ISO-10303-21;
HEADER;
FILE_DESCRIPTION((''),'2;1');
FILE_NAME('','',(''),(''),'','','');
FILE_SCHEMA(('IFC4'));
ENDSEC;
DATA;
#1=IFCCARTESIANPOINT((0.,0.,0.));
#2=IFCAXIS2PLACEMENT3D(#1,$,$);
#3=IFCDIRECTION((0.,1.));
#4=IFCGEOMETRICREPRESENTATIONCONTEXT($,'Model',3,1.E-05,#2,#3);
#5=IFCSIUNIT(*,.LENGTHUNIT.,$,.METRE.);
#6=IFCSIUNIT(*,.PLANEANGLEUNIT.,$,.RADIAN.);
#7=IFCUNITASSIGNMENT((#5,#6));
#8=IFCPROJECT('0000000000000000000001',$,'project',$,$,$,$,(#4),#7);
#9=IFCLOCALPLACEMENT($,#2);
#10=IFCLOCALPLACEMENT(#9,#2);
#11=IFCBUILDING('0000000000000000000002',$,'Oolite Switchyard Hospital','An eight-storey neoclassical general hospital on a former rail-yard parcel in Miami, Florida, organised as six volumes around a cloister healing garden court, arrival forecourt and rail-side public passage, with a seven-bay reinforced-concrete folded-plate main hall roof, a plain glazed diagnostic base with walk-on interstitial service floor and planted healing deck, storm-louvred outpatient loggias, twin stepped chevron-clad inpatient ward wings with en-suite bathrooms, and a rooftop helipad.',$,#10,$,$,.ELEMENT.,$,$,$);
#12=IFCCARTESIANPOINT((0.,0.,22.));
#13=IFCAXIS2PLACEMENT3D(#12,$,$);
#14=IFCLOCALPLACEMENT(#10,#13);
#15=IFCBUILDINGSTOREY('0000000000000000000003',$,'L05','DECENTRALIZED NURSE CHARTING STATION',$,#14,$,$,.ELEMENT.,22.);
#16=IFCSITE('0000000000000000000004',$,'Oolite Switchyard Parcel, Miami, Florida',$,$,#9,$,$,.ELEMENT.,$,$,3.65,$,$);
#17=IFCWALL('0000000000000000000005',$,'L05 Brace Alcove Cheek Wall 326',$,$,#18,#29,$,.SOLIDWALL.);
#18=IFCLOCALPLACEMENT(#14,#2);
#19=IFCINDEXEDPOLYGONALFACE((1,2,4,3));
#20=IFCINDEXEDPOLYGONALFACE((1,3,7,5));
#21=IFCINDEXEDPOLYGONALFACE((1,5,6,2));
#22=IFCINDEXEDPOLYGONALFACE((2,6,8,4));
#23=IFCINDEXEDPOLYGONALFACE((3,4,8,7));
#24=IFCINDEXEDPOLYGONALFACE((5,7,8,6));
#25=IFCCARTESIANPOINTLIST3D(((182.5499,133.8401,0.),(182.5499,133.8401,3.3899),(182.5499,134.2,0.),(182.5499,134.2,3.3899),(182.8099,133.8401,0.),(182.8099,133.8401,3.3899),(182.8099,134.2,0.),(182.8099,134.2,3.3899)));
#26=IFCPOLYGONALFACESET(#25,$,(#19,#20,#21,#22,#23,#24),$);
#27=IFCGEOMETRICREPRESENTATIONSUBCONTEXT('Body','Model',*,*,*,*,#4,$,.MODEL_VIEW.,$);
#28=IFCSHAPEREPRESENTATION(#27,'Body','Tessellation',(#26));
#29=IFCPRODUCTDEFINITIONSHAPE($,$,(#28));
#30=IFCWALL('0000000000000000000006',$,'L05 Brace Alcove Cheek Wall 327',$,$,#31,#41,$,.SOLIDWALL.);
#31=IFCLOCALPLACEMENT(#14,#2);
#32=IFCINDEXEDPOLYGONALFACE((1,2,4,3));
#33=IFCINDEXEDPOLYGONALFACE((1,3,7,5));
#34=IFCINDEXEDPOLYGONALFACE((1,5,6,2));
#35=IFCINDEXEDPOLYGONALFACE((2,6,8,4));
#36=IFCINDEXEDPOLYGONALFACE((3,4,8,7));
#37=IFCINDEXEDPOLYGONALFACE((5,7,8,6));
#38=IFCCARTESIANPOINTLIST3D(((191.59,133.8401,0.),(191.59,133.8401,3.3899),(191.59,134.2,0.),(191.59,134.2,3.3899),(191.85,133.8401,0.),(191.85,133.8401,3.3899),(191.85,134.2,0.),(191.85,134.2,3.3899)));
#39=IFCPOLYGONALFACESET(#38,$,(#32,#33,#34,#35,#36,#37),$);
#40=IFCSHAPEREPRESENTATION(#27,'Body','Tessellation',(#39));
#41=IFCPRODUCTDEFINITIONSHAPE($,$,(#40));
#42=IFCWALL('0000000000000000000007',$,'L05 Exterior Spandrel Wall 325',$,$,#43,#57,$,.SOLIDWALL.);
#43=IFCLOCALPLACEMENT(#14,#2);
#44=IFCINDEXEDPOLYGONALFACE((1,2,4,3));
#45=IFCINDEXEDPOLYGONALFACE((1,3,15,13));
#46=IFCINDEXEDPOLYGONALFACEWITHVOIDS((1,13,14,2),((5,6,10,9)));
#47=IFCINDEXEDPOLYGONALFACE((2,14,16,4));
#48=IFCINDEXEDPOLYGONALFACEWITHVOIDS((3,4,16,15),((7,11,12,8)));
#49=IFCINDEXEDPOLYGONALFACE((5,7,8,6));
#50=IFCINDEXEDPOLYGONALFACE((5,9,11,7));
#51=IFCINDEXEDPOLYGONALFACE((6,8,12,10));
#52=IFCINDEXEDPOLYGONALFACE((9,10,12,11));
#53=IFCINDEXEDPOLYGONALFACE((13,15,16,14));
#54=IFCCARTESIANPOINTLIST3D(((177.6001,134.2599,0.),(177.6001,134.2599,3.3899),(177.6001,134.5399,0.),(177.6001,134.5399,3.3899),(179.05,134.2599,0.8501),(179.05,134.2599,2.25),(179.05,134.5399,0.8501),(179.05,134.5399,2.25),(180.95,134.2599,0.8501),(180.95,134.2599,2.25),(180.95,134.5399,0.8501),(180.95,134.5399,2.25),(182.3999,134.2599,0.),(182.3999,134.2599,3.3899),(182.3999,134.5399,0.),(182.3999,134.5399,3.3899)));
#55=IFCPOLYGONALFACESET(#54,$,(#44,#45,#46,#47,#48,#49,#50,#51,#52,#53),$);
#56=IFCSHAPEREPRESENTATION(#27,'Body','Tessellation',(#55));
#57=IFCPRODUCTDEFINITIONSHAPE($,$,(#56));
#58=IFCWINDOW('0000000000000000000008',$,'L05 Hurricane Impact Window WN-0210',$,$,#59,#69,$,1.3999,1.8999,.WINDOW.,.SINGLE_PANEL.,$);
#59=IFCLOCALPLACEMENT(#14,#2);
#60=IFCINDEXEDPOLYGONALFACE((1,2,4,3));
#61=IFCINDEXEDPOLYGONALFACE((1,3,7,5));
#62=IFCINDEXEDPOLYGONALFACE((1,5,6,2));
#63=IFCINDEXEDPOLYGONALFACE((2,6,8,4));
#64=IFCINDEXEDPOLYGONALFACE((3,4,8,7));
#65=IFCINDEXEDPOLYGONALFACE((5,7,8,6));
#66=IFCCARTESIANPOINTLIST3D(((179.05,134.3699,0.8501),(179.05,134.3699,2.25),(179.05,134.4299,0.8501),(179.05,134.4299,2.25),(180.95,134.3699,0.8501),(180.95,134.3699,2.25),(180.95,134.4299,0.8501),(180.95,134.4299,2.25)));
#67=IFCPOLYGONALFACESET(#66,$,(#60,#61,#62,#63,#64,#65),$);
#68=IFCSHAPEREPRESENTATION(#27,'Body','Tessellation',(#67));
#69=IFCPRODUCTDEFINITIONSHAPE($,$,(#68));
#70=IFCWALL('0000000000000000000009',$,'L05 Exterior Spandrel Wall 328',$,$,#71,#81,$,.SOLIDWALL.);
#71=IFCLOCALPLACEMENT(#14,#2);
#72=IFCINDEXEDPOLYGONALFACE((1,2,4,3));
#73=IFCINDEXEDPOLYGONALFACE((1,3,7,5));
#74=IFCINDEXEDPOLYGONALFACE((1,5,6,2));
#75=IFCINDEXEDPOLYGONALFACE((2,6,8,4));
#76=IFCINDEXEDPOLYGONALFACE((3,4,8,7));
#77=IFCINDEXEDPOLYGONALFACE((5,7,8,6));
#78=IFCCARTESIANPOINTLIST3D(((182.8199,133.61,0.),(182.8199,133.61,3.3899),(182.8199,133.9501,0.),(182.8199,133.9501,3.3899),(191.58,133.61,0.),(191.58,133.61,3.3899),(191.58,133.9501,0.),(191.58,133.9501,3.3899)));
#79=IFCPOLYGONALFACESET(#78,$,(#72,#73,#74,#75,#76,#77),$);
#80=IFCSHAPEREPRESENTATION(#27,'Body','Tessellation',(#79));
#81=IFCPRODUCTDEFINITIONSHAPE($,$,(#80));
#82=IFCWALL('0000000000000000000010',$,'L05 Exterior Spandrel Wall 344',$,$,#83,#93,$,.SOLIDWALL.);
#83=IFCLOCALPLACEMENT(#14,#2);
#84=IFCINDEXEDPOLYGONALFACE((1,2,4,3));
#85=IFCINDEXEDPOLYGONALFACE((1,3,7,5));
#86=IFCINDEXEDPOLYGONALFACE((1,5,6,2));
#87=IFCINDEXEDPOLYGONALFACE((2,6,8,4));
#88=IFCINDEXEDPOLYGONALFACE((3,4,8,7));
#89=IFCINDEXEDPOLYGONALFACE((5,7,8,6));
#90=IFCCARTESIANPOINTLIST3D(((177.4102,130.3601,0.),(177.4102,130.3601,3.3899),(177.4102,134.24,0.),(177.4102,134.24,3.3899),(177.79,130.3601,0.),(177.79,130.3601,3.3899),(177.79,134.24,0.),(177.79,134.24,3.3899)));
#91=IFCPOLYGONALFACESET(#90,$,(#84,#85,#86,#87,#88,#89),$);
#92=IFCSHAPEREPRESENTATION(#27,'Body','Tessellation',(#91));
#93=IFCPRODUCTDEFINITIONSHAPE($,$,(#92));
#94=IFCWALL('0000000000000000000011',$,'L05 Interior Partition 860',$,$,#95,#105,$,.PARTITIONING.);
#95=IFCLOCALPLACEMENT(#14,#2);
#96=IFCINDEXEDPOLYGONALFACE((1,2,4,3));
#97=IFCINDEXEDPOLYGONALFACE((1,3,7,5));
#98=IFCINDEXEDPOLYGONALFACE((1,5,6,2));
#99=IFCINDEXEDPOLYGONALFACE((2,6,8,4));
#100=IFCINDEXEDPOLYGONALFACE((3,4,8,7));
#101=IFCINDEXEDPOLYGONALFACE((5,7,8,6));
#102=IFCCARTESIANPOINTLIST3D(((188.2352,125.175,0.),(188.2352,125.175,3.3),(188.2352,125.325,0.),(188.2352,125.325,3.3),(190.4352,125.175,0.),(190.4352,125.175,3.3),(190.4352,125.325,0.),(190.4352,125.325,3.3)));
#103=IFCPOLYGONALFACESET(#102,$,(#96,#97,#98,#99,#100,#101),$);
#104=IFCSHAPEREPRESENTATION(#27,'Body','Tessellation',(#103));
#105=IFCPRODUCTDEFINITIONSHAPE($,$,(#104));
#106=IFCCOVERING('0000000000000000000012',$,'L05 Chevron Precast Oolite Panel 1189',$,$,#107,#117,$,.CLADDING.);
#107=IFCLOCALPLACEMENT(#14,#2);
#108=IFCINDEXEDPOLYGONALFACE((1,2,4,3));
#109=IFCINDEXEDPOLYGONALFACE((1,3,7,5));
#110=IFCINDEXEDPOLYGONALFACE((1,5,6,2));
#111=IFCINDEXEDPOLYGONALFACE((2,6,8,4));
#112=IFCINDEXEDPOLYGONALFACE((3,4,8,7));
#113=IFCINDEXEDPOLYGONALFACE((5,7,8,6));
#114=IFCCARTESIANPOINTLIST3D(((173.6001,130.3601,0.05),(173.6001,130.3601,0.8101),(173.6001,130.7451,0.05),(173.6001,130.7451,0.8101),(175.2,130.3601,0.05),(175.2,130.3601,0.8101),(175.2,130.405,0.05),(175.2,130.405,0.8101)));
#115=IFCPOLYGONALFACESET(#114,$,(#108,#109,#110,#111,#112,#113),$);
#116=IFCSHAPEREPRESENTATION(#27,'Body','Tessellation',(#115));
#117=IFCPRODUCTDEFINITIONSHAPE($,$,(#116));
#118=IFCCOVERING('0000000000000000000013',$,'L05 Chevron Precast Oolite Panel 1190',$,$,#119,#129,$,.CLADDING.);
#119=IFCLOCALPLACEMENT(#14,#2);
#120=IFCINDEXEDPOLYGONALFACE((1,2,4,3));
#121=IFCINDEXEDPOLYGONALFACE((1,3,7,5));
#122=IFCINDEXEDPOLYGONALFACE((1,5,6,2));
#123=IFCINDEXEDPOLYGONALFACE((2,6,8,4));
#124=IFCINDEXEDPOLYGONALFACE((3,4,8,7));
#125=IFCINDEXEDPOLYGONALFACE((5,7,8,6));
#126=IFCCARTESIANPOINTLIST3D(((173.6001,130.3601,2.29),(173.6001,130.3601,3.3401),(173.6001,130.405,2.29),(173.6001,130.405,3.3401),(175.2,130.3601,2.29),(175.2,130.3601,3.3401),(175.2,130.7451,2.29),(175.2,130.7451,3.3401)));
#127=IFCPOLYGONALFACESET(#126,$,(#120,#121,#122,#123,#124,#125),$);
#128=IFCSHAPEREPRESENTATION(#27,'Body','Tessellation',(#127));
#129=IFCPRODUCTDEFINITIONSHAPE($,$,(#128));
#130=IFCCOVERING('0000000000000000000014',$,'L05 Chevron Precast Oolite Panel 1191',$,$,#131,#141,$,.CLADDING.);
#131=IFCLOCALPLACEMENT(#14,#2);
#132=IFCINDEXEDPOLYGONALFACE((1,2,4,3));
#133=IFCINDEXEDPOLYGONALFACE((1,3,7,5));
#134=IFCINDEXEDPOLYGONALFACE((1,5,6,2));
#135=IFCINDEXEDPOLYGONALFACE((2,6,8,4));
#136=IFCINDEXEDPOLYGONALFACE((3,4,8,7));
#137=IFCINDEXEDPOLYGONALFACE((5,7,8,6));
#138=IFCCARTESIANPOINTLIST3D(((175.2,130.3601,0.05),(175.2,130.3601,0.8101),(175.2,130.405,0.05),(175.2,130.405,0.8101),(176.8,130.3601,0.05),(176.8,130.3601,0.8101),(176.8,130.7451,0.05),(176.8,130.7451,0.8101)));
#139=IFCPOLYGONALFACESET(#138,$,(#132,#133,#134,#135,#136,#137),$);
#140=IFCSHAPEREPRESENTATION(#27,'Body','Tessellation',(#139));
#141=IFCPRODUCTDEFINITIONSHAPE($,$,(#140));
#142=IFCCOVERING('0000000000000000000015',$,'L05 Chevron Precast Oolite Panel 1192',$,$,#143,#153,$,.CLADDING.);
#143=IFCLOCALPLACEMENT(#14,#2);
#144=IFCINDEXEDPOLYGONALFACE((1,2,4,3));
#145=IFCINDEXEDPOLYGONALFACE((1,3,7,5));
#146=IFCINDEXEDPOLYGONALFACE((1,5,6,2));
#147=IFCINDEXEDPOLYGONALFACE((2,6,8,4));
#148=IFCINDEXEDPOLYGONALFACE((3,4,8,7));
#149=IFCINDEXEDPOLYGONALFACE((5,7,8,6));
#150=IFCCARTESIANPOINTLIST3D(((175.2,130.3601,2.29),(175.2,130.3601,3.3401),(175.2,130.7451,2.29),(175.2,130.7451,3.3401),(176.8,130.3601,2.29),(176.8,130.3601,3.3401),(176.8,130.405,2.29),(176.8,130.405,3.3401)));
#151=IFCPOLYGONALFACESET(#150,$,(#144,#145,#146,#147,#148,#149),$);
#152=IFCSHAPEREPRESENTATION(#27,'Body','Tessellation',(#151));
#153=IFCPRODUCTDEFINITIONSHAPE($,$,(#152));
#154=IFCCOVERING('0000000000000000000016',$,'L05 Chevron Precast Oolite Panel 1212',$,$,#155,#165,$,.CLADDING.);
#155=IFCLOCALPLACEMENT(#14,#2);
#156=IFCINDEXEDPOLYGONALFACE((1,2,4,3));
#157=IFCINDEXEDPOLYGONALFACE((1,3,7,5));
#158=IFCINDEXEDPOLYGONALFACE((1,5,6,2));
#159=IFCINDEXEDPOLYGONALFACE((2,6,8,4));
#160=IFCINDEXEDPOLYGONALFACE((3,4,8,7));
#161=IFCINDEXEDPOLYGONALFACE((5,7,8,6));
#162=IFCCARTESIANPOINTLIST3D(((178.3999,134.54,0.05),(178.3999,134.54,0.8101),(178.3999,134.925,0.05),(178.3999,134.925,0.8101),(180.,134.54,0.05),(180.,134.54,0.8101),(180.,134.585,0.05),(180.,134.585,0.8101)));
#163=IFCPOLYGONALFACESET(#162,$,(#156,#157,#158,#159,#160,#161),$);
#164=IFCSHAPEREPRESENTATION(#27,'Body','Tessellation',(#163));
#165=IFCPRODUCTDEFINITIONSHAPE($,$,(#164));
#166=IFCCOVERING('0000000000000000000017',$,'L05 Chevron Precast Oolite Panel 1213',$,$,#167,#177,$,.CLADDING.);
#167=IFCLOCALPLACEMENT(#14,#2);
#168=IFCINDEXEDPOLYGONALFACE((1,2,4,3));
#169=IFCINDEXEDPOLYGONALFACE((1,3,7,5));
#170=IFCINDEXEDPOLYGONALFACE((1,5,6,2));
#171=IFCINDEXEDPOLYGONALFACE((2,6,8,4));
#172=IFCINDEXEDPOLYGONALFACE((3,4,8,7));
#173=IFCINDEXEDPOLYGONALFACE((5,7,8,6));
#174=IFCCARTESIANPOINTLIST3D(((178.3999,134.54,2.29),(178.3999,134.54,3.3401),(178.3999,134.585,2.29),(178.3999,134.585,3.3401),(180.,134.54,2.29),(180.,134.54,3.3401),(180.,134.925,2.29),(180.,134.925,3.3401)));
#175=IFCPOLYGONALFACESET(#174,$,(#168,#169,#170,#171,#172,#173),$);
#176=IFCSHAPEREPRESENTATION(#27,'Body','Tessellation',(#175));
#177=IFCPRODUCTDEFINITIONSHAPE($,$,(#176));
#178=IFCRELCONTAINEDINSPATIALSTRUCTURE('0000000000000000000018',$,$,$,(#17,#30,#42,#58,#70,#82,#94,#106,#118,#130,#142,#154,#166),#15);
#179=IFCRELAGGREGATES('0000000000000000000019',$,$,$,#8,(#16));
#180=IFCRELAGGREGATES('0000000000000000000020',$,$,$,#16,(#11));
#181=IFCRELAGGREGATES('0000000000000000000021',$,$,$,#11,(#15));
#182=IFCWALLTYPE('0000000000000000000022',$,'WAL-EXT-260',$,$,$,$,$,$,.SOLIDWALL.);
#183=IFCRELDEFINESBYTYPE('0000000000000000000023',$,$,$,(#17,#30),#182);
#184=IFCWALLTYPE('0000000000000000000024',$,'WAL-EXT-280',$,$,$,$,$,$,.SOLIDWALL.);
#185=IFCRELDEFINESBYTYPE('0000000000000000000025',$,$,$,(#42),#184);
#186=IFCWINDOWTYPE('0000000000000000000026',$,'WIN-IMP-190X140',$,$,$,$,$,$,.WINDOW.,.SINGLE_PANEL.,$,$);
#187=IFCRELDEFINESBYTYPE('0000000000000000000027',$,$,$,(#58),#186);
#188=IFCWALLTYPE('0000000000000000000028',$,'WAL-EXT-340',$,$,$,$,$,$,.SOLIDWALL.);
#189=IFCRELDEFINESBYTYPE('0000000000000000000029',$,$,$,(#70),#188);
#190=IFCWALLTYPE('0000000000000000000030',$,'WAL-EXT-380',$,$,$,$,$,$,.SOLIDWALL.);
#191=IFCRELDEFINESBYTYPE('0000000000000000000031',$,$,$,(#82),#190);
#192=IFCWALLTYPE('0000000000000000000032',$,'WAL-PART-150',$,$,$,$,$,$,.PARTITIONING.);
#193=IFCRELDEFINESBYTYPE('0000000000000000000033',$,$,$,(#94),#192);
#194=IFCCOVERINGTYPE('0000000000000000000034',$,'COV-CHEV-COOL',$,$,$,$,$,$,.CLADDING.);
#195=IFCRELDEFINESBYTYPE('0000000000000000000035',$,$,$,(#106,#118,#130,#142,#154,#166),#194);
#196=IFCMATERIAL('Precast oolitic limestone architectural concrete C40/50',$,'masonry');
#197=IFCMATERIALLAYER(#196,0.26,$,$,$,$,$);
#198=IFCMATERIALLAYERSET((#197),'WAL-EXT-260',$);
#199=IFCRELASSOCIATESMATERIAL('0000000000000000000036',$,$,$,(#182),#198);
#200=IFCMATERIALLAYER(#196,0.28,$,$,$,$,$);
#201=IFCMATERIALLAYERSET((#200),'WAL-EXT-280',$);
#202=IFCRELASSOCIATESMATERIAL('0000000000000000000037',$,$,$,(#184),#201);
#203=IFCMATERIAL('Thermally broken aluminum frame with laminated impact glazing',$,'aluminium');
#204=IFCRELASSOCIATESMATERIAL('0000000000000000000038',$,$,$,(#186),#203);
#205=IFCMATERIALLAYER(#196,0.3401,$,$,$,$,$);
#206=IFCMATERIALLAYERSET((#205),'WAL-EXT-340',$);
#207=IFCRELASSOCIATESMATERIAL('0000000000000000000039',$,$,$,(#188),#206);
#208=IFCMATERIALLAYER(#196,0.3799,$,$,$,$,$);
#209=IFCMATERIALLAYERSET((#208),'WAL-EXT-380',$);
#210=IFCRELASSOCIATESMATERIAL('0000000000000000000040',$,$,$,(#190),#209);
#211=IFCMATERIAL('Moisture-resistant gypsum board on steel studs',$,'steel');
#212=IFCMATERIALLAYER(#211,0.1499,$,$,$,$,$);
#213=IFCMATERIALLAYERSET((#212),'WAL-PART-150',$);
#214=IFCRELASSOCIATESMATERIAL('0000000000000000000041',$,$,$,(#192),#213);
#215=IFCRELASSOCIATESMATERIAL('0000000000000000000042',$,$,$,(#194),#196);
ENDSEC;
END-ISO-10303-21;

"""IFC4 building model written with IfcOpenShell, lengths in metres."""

from ifc_helpers import new_model, si_unit, direction, frame, frame_2d, origin, place, context, subcontext, project, spatial, polyline, rectangle, outline, extrude, material, layer, layer_set, type_object, element, fill, save


model = new_model("IFC4")

# Units and contexts
model_context = context("Model", 3, precision=1e-05, world=origin(), true_north=direction((0.0, 1.0)))
body_context = subcontext(model_context, "Body", "Model", "MODEL_VIEW")
ifc_project = project(units=[si_unit("LENGTHUNIT", "METRE"), si_unit("PLANEANGLEUNIT", "RADIAN")], contexts=[model_context])

# Site, building, storey
site_placement = place(None, origin())
site = spatial("IfcSite", under=ifc_project, at=site_placement, Name="Oolite Switchyard Parcel, Miami, Florida", CompositionType="ELEMENT", RefElevation=3.65)
building_placement = place(site_placement, origin())
building = spatial("IfcBuilding", under=site, at=building_placement, Name="Oolite Switchyard Hospital", Description="An eight-storey neoclassical general hospital on a former rail-yard parcel in Miami, Florida, organised as six volumes around a cloister healing garden court, arrival forecourt and rail-side public passage, with a seven-bay reinforced-concrete folded-plate main hall roof, a plain glazed diagnostic base with walk-on interstitial service floor and planted healing deck, storm-louvred outpatient loggias, twin stepped chevron-clad inpatient ward wings with en-suite bathrooms, and a rooftop helipad.", CompositionType="ELEMENT")
storey_placement = place(building_placement, frame((0.0, 0.0, 22.0)))
storey = spatial("IfcBuildingStorey", under=building, at=storey_placement, Name="L05", Description="DECENTRALIZED NURSE CHARTING STATION", CompositionType="ELEMENT", Elevation=22.0)

# Walls
ifc_material_1 = material(Name="Precast oolitic limestone architectural concrete C40/50", Category="masonry")
ifc_layer_1 = layer(ifc_material_1, 0.26)
ifc_layer_set_1 = layer_set([ifc_layer_1], Name="WAL-EXT-260")
wall_type_1 = type_object("IfcWallType", Name="WAL-EXT-260", PredefinedType="SOLIDWALL", material=ifc_layer_set_1)
for number, where, z_axis, x_axis, name in (
    (1, (182.6799, 134.2, 0.0), (0.0, 0.0, 1.0), (0.0, -1.0, 0.0), "L05 Brace Alcove Cheek Wall 326"),
    (2, (191.72, 134.2, 0.0), (0.0, 0.0, 1.0), (0.0, -1.0, 0.0), "L05 Brace Alcove Cheek Wall 327"),
):
    element("IfcWall", number, at=place(storey_placement, frame(where, z_axis=z_axis, x_axis=x_axis)), inside=storey, type_object=wall_type_1, Name=name, PredefinedType="SOLIDWALL", context=body_context, shape_type="SweptSolid", body=[
        extrude(rectangle(XDim=0.3599, YDim=0.26, at=frame_2d((0.1799, 0.0))), origin(), (0.0, 0.0, 1.0), 3.3899),
    ])

# Wall, opening, window
ifc_layer_2 = layer(ifc_material_1, 0.28)
ifc_layer_set_2 = layer_set([ifc_layer_2], Name="WAL-EXT-280")
wall_type_2 = type_object("IfcWallType", Name="WAL-EXT-280", PredefinedType="SOLIDWALL", material=ifc_layer_set_2)
wall_1_placement = place(storey_placement, frame((177.6001, 134.3999, 0.0), z_axis=(0.0, 0.0, 1.0), x_axis=(1.0, 0.0, 0.0)))
wall_1 = element("IfcWall", 3, at=wall_1_placement, inside=storey, type_object=wall_type_2, Name="L05 Exterior Spandrel Wall 325", PredefinedType="SOLIDWALL", context=body_context, shape_type="SweptSolid", body=[
    extrude(rectangle(XDim=4.7998, YDim=0.28, at=frame_2d((2.3999, 0.0))), origin(), (0.0, 0.0, 1.0), 3.3899),
])
opening_placement = place(wall_1_placement, frame((1.45, 0.0, 0.8501)))
opening = element("IfcOpeningElement", 4, at=opening_placement, cuts=wall_1, PredefinedType="OPENING", context=body_context, shape_type="SweptSolid", body=[
    extrude(rectangle(XDim=1.8999, YDim=1.3999, at=frame_2d((0.95, 0.7))), frame((0.0, 0.1499, 0.0), z_axis=(0.0, -1.0, 0.0), x_axis=(1.0, 0.0, 0.0)), (0.0, 0.0, 1.0), 0.3),
])
ifc_material_2 = material(Name="Thermally broken aluminum frame with laminated impact glazing", Category="aluminium")
window_type = type_object("IfcWindowType", Name="WIN-IMP-190X140", PartitioningType="SINGLE_PANEL", PredefinedType="WINDOW", material=ifc_material_2)
window_placement = place(opening_placement, origin())
window = element("IfcWindow", 5, at=window_placement, inside=storey, type_object=window_type, Name="L05 Hurricane Impact Window WN-0210", OverallHeight=1.3999, OverallWidth=1.8999, PartitioningType="SINGLE_PANEL", PredefinedType="WINDOW", context=body_context, shape_type="SweptSolid", body=[
    extrude(rectangle(XDim=1.8999, YDim=1.3999, at=frame_2d((0.95, 0.7))), frame((0.0, 0.03, 0.0), z_axis=(0.0, -1.0, 0.0), x_axis=(1.0, 0.0, 0.0)), (0.0, 0.0, 1.0), 0.0601),
])
fill(opening, window)

# Walls
ifc_layer_3 = layer(ifc_material_1, 0.3401)
ifc_layer_set_3 = layer_set([ifc_layer_3], Name="WAL-EXT-340")
wall_type_3 = type_object("IfcWallType", Name="WAL-EXT-340", PredefinedType="SOLIDWALL", material=ifc_layer_set_3)
wall_2_placement = place(storey_placement, frame((182.8201, 133.78, 0.0), z_axis=(0.0, 0.0, 1.0), x_axis=(1.0, 0.0, 0.0)))
element("IfcWall", 6, at=wall_2_placement, inside=storey, type_object=wall_type_3, Name="L05 Exterior Spandrel Wall 328", PredefinedType="SOLIDWALL", context=body_context, shape_type="SweptSolid", body=[
    extrude(rectangle(XDim=8.76, YDim=0.3401, at=frame_2d((4.3799, 0.0))), origin(), (0.0, 0.0, 1.0), 3.3899),
])
ifc_layer_4 = layer(ifc_material_1, 0.3799)
ifc_layer_set_4 = layer_set([ifc_layer_4], Name="WAL-EXT-380")
wall_type_4 = type_object("IfcWallType", Name="WAL-EXT-380", PredefinedType="SOLIDWALL", material=ifc_layer_set_4)
wall_3_placement = place(storey_placement, frame((177.6001, 130.3601, 0.0), z_axis=(0.0, 0.0, 1.0), x_axis=(0.0, 1.0, 0.0)))
element("IfcWall", 7, at=wall_3_placement, inside=storey, type_object=wall_type_4, Name="L05 Exterior Spandrel Wall 344", PredefinedType="SOLIDWALL", context=body_context, shape_type="SweptSolid", body=[
    extrude(rectangle(XDim=3.8799, YDim=0.3799, at=frame_2d((1.9399, 0.0))), origin(), (0.0, 0.0, 1.0), 3.3899),
])
ifc_material_3 = material(Name="Moisture-resistant gypsum board on steel studs", Category="steel")
ifc_layer_5 = layer(ifc_material_3, 0.1499)
ifc_layer_set_5 = layer_set([ifc_layer_5], Name="WAL-PART-150")
wall_type_5 = type_object("IfcWallType", Name="WAL-PART-150", PredefinedType="PARTITIONING", material=ifc_layer_set_5)
wall_4_placement = place(storey_placement, frame((188.2351, 125.25, 0.0), z_axis=(0.0, 0.0, 1.0), x_axis=(1.0, 0.0, 0.0)))
element("IfcWall", 8, at=wall_4_placement, inside=storey, type_object=wall_type_5, Name="L05 Interior Partition 860", PredefinedType="PARTITIONING", context=body_context, shape_type="SweptSolid", body=[
    extrude(rectangle(XDim=2.2, YDim=0.1499, at=frame_2d((1.1001, 0.0))), origin(), (0.0, 0.0, 1.0), 3.3),
])

# Coverings
covering_type = type_object("IfcCoveringType", Name="COV-CHEV-COOL", PredefinedType="CLADDING", material=ifc_material_1)
covering_1_placement = place(storey_placement, frame((173.6001, 130.3601, 0.05), z_axis=(0.0, 0.0, 1.0), x_axis=(1.0, 0.0, 0.0)))
element("IfcCovering", 9, at=covering_1_placement, inside=storey, type_object=covering_type, Name="L05 Chevron Precast Oolite Panel 1189", PredefinedType="CLADDING", context=body_context, shape_type="SweptSolid", body=[
    extrude(outline(polyline([(0.0, 0.0), (1.5999, 0.0), (1.5999, 0.0449), (0.0, 0.385), (0.0, 0.0)])), origin(), (0.0, 0.0, 1.0), 0.76),
])
covering_2_placement = place(storey_placement, frame((173.6001, 130.3601, 2.29), z_axis=(0.0, 0.0, 1.0), x_axis=(1.0, 0.0, 0.0)))
element("IfcCovering", 10, at=covering_2_placement, inside=storey, type_object=covering_type, Name="L05 Chevron Precast Oolite Panel 1190", PredefinedType="CLADDING", context=body_context, shape_type="SweptSolid", body=[
    extrude(outline(polyline([(0.0, 0.0), (1.5999, 0.0), (1.5999, 0.385), (0.0, 0.0449), (0.0, 0.0)])), origin(), (0.0, 0.0, 1.0), 1.05),
])
covering_3_placement = place(storey_placement, frame((175.2, 130.3601, 0.05), z_axis=(0.0, 0.0, 1.0), x_axis=(1.0, 0.0, 0.0)))
element("IfcCovering", 11, at=covering_3_placement, inside=storey, type_object=covering_type, Name="L05 Chevron Precast Oolite Panel 1191", PredefinedType="CLADDING", context=body_context, shape_type="SweptSolid", body=[
    extrude(outline(polyline([(0.0, 0.0), (1.6001, 0.0), (1.6001, 0.385), (0.0, 0.0449), (0.0, 0.0)])), origin(), (0.0, 0.0, 1.0), 0.76),
])
covering_4_placement = place(storey_placement, frame((175.2, 130.3601, 2.29), z_axis=(0.0, 0.0, 1.0), x_axis=(1.0, 0.0, 0.0)))
element("IfcCovering", 12, at=covering_4_placement, inside=storey, type_object=covering_type, Name="L05 Chevron Precast Oolite Panel 1192", PredefinedType="CLADDING", context=body_context, shape_type="SweptSolid", body=[
    extrude(outline(polyline([(0.0, 0.0), (1.6001, 0.0), (1.6001, 0.0449), (0.0, 0.385), (0.0, 0.0)])), origin(), (0.0, 0.0, 1.0), 1.05),
])
covering_5_placement = place(storey_placement, frame((178.3999, 134.54, 0.05), z_axis=(0.0, 0.0, 1.0), x_axis=(1.0, 0.0, 0.0)))
element("IfcCovering", 13, at=covering_5_placement, inside=storey, type_object=covering_type, Name="L05 Chevron Precast Oolite Panel 1212", PredefinedType="CLADDING", context=body_context, shape_type="SweptSolid", body=[
    extrude(outline(polyline([(0.0, 0.0), (1.6001, 0.0), (1.6001, 0.0449), (0.0, 0.385), (0.0, 0.0)])), origin(), (0.0, 0.0, 1.0), 0.76),
])
covering_6_placement = place(storey_placement, frame((178.3999, 134.54, 2.29), z_axis=(0.0, 0.0, 1.0), x_axis=(1.0, 0.0, 0.0)))
element("IfcCovering", 14, at=covering_6_placement, inside=storey, type_object=covering_type, Name="L05 Chevron Precast Oolite Panel 1213", PredefinedType="CLADDING", context=body_context, shape_type="SweptSolid", body=[
    extrude(outline(polyline([(0.0, 0.0), (1.6001, 0.0), (1.6001, 0.385), (0.0, 0.0449), (0.0, 0.0)])), origin(), (0.0, 0.0, 1.0), 1.05),
])

save(model, "model.ifc")
